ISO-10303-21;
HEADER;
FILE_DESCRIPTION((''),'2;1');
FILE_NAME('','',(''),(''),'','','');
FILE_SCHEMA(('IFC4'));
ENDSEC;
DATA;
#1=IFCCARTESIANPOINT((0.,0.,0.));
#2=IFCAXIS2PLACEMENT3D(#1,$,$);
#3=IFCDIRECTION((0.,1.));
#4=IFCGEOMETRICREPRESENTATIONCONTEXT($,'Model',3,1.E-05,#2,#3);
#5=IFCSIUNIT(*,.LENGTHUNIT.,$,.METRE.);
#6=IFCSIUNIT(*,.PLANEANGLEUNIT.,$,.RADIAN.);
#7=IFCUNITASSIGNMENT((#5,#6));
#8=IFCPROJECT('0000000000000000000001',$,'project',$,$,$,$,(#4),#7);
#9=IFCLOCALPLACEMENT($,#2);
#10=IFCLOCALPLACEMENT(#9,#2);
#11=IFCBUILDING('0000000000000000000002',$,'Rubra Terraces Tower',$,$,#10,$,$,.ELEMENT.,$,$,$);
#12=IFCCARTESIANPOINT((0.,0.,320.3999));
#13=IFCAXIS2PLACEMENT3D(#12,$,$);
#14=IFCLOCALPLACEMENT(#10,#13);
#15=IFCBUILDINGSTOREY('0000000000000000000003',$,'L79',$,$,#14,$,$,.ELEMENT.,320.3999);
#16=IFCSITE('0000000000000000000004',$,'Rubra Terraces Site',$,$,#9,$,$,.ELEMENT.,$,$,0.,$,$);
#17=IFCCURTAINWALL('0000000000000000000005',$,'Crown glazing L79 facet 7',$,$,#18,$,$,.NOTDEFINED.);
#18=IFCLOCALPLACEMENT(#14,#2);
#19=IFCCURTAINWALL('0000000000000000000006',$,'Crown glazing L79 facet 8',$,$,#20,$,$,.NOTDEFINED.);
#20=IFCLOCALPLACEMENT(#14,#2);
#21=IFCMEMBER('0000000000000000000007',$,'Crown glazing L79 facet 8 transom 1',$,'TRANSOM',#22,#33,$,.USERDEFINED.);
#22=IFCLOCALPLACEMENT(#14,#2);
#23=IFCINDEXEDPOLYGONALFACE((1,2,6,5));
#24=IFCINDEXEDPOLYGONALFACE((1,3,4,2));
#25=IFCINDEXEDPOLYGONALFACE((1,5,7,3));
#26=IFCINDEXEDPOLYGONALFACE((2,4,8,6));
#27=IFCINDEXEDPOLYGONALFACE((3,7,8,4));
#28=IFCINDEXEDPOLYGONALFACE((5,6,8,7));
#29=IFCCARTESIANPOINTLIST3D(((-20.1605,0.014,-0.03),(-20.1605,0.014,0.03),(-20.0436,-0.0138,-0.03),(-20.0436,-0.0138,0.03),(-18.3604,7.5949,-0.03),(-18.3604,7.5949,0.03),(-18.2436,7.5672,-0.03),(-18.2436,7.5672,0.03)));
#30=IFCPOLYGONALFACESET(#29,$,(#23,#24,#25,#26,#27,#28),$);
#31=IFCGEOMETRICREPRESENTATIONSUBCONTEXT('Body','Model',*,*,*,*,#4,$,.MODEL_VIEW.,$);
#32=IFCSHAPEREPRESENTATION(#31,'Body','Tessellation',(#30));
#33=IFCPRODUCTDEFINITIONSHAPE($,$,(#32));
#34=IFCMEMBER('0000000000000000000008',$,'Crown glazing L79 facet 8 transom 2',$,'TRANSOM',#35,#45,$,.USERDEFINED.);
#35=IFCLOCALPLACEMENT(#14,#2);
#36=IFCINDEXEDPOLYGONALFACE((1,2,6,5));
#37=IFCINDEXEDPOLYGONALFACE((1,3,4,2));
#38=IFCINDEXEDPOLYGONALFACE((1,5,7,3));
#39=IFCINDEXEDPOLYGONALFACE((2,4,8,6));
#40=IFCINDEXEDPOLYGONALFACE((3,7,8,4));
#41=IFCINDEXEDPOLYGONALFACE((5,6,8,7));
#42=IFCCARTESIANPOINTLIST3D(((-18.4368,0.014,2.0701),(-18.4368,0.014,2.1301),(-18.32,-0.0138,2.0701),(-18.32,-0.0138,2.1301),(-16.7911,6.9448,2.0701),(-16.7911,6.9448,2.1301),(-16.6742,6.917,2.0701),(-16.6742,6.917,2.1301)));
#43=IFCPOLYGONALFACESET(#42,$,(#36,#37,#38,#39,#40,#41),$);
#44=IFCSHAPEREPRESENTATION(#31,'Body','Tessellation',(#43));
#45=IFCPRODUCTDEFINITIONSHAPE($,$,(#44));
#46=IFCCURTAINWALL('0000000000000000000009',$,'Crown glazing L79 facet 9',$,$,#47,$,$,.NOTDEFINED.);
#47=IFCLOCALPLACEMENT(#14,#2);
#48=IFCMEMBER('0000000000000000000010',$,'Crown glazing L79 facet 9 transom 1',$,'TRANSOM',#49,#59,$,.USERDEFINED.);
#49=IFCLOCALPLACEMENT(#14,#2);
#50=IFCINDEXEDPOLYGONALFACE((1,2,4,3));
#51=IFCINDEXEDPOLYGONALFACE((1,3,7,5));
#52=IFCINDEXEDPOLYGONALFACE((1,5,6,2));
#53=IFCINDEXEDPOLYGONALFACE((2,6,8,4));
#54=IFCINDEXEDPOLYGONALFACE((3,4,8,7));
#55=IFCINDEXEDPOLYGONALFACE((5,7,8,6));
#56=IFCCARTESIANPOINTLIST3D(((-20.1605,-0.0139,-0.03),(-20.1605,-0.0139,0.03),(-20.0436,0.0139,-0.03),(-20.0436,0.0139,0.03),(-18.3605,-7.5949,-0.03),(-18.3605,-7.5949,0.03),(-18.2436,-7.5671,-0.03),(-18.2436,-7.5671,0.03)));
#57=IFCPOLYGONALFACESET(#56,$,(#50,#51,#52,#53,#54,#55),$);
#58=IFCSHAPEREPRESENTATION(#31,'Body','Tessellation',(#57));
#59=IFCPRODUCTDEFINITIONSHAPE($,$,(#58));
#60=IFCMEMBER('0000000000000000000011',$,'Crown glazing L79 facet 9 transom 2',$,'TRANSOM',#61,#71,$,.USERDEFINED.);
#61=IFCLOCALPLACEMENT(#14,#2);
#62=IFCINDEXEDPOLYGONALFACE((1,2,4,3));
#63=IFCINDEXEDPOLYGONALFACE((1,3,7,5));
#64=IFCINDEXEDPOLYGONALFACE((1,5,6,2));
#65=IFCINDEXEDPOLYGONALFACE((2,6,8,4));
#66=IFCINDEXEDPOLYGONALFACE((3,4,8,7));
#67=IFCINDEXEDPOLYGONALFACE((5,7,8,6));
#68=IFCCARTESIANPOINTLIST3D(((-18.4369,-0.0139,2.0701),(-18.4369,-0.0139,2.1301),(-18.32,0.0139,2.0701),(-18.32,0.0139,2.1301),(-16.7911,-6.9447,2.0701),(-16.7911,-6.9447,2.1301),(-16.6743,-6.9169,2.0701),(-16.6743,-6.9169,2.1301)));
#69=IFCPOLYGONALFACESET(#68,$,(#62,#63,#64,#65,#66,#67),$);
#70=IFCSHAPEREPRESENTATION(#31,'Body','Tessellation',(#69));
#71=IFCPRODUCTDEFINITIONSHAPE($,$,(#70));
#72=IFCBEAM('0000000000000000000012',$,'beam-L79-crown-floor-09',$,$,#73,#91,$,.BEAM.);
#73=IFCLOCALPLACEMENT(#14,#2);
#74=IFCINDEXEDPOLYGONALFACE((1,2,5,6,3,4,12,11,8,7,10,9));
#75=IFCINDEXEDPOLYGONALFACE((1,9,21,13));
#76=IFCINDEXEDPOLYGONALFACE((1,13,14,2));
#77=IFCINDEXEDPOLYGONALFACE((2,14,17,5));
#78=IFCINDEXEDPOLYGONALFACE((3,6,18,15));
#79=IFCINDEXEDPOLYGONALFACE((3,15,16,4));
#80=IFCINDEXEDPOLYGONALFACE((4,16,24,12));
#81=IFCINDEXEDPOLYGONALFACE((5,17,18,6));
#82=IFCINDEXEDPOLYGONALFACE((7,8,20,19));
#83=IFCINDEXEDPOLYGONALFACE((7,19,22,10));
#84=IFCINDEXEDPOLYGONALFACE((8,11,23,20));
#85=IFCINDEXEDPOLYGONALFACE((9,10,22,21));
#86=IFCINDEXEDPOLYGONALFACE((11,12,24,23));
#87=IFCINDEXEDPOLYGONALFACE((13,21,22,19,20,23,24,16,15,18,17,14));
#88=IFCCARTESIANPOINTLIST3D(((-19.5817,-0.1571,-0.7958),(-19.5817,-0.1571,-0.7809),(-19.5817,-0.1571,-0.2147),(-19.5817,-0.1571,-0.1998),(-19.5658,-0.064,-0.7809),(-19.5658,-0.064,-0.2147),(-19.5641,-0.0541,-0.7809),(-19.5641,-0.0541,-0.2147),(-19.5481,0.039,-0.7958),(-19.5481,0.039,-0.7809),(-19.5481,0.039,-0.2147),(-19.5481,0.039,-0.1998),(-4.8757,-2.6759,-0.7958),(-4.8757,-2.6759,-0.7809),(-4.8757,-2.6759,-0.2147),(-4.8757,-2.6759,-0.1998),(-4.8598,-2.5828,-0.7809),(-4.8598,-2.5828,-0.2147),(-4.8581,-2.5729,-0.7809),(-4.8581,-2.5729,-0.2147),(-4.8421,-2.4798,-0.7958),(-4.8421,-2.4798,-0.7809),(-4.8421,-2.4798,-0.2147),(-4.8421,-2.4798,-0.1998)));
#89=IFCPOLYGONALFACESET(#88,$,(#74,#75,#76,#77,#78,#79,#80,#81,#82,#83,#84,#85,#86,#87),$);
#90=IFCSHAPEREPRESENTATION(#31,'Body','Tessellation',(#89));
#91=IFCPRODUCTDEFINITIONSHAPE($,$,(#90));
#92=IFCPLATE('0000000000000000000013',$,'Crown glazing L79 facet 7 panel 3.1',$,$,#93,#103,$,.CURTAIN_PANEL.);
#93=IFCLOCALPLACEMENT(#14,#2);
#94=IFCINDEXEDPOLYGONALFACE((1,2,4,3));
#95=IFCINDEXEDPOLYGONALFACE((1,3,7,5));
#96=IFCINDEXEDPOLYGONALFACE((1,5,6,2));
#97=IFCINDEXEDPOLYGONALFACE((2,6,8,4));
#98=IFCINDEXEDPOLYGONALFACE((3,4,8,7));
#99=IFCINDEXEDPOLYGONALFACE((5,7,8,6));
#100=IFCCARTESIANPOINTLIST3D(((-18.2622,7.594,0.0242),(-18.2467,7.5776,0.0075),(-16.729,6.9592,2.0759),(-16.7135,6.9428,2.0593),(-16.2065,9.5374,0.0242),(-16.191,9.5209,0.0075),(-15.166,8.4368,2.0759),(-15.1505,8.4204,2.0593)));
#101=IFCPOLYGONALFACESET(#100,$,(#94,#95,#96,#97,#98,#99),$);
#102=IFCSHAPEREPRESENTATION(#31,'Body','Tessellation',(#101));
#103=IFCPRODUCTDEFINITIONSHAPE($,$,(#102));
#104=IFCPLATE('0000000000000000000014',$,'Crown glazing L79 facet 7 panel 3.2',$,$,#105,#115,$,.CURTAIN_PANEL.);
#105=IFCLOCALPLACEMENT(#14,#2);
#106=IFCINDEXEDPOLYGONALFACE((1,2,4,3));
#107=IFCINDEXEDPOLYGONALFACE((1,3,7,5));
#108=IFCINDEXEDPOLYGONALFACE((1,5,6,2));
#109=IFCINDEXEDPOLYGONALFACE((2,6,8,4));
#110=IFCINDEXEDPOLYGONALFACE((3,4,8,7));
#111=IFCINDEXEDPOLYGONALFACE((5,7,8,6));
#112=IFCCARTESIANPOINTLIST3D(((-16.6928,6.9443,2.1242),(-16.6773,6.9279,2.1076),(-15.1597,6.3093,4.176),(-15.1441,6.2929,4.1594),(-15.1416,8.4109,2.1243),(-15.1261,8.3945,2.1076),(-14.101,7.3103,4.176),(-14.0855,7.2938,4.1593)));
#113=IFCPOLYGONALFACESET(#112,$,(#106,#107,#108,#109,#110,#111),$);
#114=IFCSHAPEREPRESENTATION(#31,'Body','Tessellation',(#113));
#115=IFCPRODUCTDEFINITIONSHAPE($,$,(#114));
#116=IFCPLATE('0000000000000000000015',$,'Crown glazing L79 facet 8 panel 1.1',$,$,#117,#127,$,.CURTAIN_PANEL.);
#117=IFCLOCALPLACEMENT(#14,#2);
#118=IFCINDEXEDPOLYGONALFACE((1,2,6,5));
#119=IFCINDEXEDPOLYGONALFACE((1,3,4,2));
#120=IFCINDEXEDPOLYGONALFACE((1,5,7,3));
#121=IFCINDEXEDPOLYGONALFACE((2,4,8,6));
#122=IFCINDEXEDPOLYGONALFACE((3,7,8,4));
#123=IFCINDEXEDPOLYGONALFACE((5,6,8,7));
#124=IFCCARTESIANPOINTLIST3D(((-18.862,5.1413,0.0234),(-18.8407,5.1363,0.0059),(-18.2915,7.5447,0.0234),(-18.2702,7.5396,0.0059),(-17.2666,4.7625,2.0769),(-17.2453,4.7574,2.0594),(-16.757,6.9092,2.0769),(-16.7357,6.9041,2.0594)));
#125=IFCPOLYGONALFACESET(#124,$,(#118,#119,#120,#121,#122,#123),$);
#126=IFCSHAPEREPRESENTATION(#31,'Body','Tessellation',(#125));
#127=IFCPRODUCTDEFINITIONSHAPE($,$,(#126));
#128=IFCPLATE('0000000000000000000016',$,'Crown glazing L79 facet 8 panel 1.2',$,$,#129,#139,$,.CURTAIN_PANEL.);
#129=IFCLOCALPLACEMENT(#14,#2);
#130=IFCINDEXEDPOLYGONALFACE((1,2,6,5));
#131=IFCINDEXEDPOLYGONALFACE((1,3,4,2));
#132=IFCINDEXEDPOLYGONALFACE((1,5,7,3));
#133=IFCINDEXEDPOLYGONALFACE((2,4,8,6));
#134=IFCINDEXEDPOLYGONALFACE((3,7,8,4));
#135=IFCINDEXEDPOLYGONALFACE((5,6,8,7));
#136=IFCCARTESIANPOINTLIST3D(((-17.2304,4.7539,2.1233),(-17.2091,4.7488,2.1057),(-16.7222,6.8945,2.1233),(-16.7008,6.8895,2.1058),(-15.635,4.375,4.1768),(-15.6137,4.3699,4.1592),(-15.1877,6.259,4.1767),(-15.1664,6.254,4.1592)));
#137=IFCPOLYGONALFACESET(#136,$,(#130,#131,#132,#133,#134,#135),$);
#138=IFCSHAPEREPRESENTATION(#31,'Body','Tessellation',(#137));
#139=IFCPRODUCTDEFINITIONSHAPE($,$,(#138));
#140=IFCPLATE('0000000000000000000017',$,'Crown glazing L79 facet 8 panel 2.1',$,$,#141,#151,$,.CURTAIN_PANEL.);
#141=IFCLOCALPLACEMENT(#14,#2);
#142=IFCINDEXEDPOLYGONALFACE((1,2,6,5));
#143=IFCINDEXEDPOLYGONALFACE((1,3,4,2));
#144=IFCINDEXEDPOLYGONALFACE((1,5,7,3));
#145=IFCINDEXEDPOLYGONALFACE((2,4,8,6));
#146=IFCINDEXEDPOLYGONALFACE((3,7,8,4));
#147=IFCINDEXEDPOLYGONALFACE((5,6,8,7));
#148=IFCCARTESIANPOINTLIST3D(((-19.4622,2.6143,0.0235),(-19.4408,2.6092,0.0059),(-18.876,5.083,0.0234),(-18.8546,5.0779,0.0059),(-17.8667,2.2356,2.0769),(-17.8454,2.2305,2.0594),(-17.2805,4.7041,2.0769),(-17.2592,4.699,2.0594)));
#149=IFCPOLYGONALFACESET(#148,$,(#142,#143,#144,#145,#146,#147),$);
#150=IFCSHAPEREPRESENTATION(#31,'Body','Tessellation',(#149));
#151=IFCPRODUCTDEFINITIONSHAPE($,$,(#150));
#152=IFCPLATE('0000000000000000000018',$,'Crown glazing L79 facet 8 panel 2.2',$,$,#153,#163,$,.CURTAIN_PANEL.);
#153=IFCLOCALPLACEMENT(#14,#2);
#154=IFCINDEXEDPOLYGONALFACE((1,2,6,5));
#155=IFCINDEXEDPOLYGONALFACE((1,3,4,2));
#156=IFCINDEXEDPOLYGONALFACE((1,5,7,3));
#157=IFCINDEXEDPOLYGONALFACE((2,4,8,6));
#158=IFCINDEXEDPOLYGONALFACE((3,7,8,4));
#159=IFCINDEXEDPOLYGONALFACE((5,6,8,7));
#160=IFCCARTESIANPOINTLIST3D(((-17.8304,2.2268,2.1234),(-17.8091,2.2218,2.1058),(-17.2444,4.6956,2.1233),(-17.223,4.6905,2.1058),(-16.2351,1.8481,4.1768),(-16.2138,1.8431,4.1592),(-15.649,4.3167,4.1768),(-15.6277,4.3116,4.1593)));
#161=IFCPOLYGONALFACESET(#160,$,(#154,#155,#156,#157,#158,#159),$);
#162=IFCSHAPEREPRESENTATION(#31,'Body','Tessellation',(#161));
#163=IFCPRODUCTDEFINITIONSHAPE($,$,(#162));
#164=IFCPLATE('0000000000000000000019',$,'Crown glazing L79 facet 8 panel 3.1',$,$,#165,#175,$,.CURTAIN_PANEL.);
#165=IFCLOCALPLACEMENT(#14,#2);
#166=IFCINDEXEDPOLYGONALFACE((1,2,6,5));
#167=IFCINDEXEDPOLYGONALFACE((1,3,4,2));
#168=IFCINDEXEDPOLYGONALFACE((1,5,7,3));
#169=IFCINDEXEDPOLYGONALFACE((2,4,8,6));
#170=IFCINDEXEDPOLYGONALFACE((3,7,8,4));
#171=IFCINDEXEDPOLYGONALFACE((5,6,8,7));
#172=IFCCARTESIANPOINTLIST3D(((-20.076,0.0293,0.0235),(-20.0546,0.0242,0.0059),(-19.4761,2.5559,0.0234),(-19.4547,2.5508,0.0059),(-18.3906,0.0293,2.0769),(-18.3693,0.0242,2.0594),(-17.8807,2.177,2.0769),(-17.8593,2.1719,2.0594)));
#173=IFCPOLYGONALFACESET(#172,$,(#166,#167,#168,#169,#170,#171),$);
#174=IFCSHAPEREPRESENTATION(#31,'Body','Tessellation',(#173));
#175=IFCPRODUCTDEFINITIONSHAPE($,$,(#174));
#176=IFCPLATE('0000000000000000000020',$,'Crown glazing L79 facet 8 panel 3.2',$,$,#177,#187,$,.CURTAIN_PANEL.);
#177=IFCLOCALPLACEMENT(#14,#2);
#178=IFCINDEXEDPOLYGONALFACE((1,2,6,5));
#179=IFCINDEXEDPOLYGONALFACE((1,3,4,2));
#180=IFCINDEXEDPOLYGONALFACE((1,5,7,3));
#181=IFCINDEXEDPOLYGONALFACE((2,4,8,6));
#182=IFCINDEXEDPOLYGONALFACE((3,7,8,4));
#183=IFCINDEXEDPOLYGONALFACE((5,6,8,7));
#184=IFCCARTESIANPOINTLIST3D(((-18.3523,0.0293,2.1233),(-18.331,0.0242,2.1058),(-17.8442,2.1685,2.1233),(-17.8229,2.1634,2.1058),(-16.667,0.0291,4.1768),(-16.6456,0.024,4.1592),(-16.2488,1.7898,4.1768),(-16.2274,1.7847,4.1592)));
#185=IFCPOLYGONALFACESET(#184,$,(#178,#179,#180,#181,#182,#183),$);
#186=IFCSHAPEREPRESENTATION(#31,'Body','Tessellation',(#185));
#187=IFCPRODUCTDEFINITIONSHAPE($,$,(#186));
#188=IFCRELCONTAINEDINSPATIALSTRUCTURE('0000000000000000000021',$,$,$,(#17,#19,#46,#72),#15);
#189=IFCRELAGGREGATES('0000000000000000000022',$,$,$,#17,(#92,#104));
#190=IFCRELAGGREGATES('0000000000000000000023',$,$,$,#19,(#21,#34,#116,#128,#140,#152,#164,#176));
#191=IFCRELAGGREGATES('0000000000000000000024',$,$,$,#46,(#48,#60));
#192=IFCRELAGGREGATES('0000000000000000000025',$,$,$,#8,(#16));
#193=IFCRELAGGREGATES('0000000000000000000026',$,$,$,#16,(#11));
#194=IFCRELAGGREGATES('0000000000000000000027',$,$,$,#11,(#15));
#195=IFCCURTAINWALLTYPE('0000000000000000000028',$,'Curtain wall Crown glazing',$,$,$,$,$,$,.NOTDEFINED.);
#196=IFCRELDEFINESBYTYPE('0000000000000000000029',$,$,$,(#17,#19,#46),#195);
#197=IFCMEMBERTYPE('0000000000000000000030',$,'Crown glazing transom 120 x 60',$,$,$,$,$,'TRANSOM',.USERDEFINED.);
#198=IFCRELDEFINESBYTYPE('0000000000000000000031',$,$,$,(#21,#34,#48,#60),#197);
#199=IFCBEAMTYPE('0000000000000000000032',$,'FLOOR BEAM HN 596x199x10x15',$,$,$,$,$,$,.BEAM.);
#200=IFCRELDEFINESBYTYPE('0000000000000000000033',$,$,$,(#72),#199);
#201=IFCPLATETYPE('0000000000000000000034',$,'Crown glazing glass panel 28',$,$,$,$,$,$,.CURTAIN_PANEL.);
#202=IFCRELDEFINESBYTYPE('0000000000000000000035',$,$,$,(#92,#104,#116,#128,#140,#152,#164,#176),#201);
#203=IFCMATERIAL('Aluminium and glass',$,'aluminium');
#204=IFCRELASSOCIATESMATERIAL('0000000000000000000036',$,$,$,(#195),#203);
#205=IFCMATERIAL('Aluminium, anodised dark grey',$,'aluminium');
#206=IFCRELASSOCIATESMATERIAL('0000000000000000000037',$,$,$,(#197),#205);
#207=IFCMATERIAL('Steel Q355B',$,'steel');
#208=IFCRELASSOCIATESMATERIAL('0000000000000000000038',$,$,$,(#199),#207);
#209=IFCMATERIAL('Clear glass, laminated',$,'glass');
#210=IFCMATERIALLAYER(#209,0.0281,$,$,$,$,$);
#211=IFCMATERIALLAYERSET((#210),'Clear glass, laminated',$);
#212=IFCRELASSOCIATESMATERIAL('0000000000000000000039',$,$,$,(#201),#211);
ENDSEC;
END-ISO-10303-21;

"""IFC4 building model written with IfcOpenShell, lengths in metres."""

from ifc_helpers import new_model, si_unit, direction, frame, origin, origin_2d, place, context, subcontext, project, spatial, polyline, rectangle, i_section, outline, extrude, material, layer, layer_set, material_profile, profile_set, type_object, element, aggregate, save


model = new_model("IFC4")

# Units and contexts
model_context = context("Model", 3, precision=1e-05, world=origin(), true_north=direction((0.0, 1.0)))
body_context = subcontext(model_context, "Body", "Model", "MODEL_VIEW")
ifc_project = project(units=[si_unit("LENGTHUNIT", "METRE"), si_unit("PLANEANGLEUNIT", "RADIAN")], contexts=[model_context])

# Site, building, storey
site_placement = place(None, origin())
site = spatial("IfcSite", under=ifc_project, at=site_placement, Name="Rubra Terraces Site", CompositionType="ELEMENT", RefElevation=0.0)
building_placement = place(site_placement, origin())
building = spatial("IfcBuilding", under=site, at=building_placement, Name="Rubra Terraces Tower", CompositionType="ELEMENT")
storey_placement = place(building_placement, frame((0.0, 0.0, 320.3999)))
storey = spatial("IfcBuildingStorey", under=building, at=storey_placement, Name="L79", CompositionType="ELEMENT", Elevation=320.3999)

# Shared definitions
ifc_material_1 = material(Name="Steel Q355B", Category="steel")

# Curtain wall
ifc_material_2 = material(Name="Aluminium and glass", Category="aluminium")
curtain_wall_type = type_object("IfcCurtainWallType", Name="Curtain wall Crown glazing", PredefinedType="NOTDEFINED", material=ifc_material_2)
curtain_wall_1_placement = place(storey_placement, origin())
curtain_wall_1 = element("IfcCurtainWall", 1, at=curtain_wall_1_placement, inside=storey, type_object=curtain_wall_type, Name="Crown glazing L79 facet 7", PredefinedType="NOTDEFINED")
ifc_material_3 = material(Name="Aluminium, anodised dark grey", Category="aluminium")

# Curtain walls, members
curtain_wall_2_placement = place(storey_placement, origin())
curtain_wall_2 = element("IfcCurtainWall", 2, at=curtain_wall_2_placement, inside=storey, type_object=curtain_wall_type, Name="Crown glazing L79 facet 8", PredefinedType="NOTDEFINED")
ifc_material_profile_1 = material_profile(ifc_material_3, rectangle(XDim=0.1201, YDim=0.0601, at=origin_2d()), Name="AL 120x60")
ifc_profile_set_1 = profile_set([ifc_material_profile_1], Name="Aluminium, anodised dark grey")
member_type_1 = type_object("IfcMemberType", Name="Crown glazing transom 120 x 60", ElementType="TRANSOM", PredefinedType="USERDEFINED", material=ifc_profile_set_1)
member_1_placement = place(storey_placement, frame((-18.302, 7.5811, 0.0), z_axis=(-0.231018, -0.97295, 0.0), x_axis=(0.97295, -0.231018, 0.0)))
member_1 = element("IfcMember", 3, at=member_1_placement, type_object=member_type_1, Name="Crown glazing L79 facet 8 transom 1", ObjectType="TRANSOM", PredefinedType="USERDEFINED", context=body_context, shape_type="SweptSolid", body=[
    extrude(rectangle(XDim=0.1201, YDim=0.0601, at=origin_2d()), origin(), (0.0, 0.0, 1.0), 7.7917),
])
member_2_placement = place(storey_placement, frame((-16.7327, 6.9309, 2.1001), z_axis=(-0.231027, -0.972947, 0.0), x_axis=(0.972947, -0.231027, 0.0)))
member_2 = element("IfcMember", 4, at=member_2_placement, type_object=member_type_1, Name="Crown glazing L79 facet 8 transom 2", ObjectType="TRANSOM", PredefinedType="USERDEFINED", context=body_context, shape_type="SweptSolid", body=[
    extrude(rectangle(XDim=0.1201, YDim=0.0601, at=origin_2d()), origin(), (0.0, 0.0, 1.0), 7.1235),
])
curtain_wall_3_placement = place(storey_placement, origin())
curtain_wall_3 = element("IfcCurtainWall", 5, at=curtain_wall_3_placement, inside=storey, type_object=curtain_wall_type, Name="Crown glazing L79 facet 9", PredefinedType="NOTDEFINED")
member_3_placement = place(storey_placement, frame((-20.1021, 0.0, 0.0), z_axis=(0.231018, -0.97295, 0.0), x_axis=(0.97295, 0.231018, 0.0)))
member_3 = element("IfcMember", 6, at=member_3_placement, type_object=member_type_1, Name="Crown glazing L79 facet 9 transom 1", ObjectType="TRANSOM", PredefinedType="USERDEFINED", context=body_context, shape_type="SweptSolid", body=[
    extrude(rectangle(XDim=0.1201, YDim=0.0601, at=origin_2d()), origin(), (0.0, 0.0, 1.0), 7.7917),
])
member_4_placement = place(storey_placement, frame((-18.3784, 0.0, 2.1001), z_axis=(0.231027, -0.972947, 0.0), x_axis=(0.972947, 0.231027, 0.0)))
member_4 = element("IfcMember", 7, at=member_4_placement, type_object=member_type_1, Name="Crown glazing L79 facet 9 transom 2", ObjectType="TRANSOM", PredefinedType="USERDEFINED", context=body_context, shape_type="SweptSolid", body=[
    extrude(rectangle(XDim=0.1201, YDim=0.0601, at=origin_2d()), origin(), (0.0, 0.0, 1.0), 7.1235),
])

# Beam
ifc_material_profile_2 = material_profile(ifc_material_1, i_section(OverallWidth=0.199, OverallDepth=0.5959, WebThickness=0.01, FlangeThickness=0.0149, at=origin_2d()), Name="HN 596x199x10x15")
ifc_profile_set_2 = profile_set([ifc_material_profile_2], Name="Steel Q355B")
beam_type_1 = type_object("IfcBeamType", Name="FLOOR BEAM HN 596x199x10x15", PredefinedType="BEAM", material=ifc_profile_set_2)
beam_placement = place(storey_placement, frame((-19.5649, -0.0591, -0.4978), z_axis=(0.985647, -0.168818, 0.0), x_axis=(0.168818, 0.985647, 0.0)))
element("IfcBeam", 8, at=beam_placement, inside=storey, type_object=beam_type_1, Name="beam-L79-crown-floor-09", PredefinedType="BEAM", context=body_context, shape_type="SweptSolid", body=[
    extrude(i_section(OverallWidth=0.199, OverallDepth=0.5959, WebThickness=0.01, FlangeThickness=0.0149, at=origin_2d()), origin(), (0.0, 0.0, 1.0), 14.9202),
])

# Plates
ifc_material_4 = material(Name="Clear glass, laminated", Category="glass")
ifc_layer = layer(ifc_material_4, 0.0281)
ifc_layer_set = layer_set([ifc_layer], Name="Clear glass, laminated")
plate_type = type_object("IfcPlateType", Name="Crown glazing glass panel 28", PredefinedType="CURTAIN_PANEL", material=ifc_layer_set)
plate_1_placement = place(storey_placement, frame((-16.2065, 9.5374, 0.0242), z_axis=(-0.552697, 0.584647, 0.593896), x_axis=(-0.726682, -0.686974, 0.000004)))
plate_1 = element("IfcPlate", 9, at=plate_1_placement, type_object=plate_type, Name="Crown glazing L79 facet 7 panel 3.1", PredefinedType="CURTAIN_PANEL", context=body_context, shape_type="SweptSolid", body=[
    extrude(outline(polyline([(0.0, 0.0), (2.8289, 0.0), (2.1508, 2.5502), (0.0, 2.5502), (0.0, 0.0)])), origin(), (0.0, 0.0, -1.0), 0.0281),
])
plate_2_placement = place(storey_placement, frame((-15.1416, 8.4109, 2.1243), z_axis=(-0.552718, 0.5846, 0.593924), x_axis=(-0.726653, -0.687005, -0.000019)))
plate_2 = element("IfcPlate", 10, at=plate_2_placement, type_object=plate_type, Name="Crown glazing L79 facet 7 panel 3.2", PredefinedType="CURTAIN_PANEL", context=body_context, shape_type="SweptSolid", body=[
    extrude(outline(polyline([(0.0, 0.0), (2.1348, 0.0), (1.4569, 2.5503), (0.0, 2.5502), (0.0, 0.0)])), origin(), (0.0, 0.0, -1.0), 0.0281),
])
aggregate(curtain_wall_1, [plate_1, plate_2])
plate_3_placement = place(storey_placement, frame((-18.2915, 7.5447, 0.0234), z_axis=(-0.760298, 0.180478, 0.623999), x_axis=(-0.230969, -0.972961, -0.000012)))
plate_3 = element("IfcPlate", 11, at=plate_3_placement, type_object=plate_type, Name="Crown glazing L79 facet 8 panel 1.1", PredefinedType="CURTAIN_PANEL", context=body_context, shape_type="SweptSolid", body=[
    extrude(outline(polyline([(0.0, 0.0), (2.4701, 0.0), (2.4703, 2.6279), (0.2639, 2.6278), (0.0, 0.0)])), origin(), (0.0, 0.0, -1.0), 0.0281),
])
plate_4_placement = place(storey_placement, frame((-16.7222, 6.8945, 2.1233), z_axis=(-0.760288, 0.180514, 0.624), x_axis=(-0.231016, -0.97295, -0.000012)))
plate_4 = element("IfcPlate", 12, at=plate_4_placement, type_object=plate_type, Name="Crown glazing L79 facet 8 panel 1.2", PredefinedType="CURTAIN_PANEL", context=body_context, shape_type="SweptSolid", body=[
    extrude(outline(polyline([(0.0, 0.0), (2.2001, 0.0), (2.2002, 2.6279), (0.2638, 2.6278), (0.0, 0.0)])), origin(), (0.0, 0.0, -1.0), 0.0281),
])
plate_5_placement = place(storey_placement, frame((-18.876, 5.083, 0.0234), z_axis=(-0.760279, 0.18053, 0.624006), x_axis=(-0.231024, -0.972948, 0.000005)))
plate_5 = element("IfcPlate", 13, at=plate_5_placement, type_object=plate_type, Name="Crown glazing L79 facet 8 panel 2.1", PredefinedType="CURTAIN_PANEL", context=body_context, shape_type="SweptSolid", body=[
    extrude(outline(polyline([(0.0, 0.0), (2.5374, 0.0), (2.5372, 2.6279), (0.0001, 2.6279), (0.0, 0.0)])), origin(), (0.0, 0.0, -1.0), 0.0281),
])
plate_6_placement = place(storey_placement, frame((-17.2444, 4.6956, 2.1233), z_axis=(-0.760309, 0.1805, 0.623979), x_axis=(-0.230961, -0.972963, 0.000028)))
plate_6 = element("IfcPlate", 14, at=plate_6_placement, type_object=plate_type, Name="Crown glazing L79 facet 8 panel 2.2", PredefinedType="CURTAIN_PANEL", context=body_context, shape_type="SweptSolid", body=[
    extrude(outline(polyline([(0.0, 0.0), (2.5373, 0.0), (2.5374, 2.6277), (0.0002, 2.6279), (0.0, 0.0)])), origin(), (0.0, 0.0, -1.0), 0.0281),
])
plate_7_placement = place(storey_placement, frame((-19.4761, 2.5559, 0.0234), z_axis=(-0.760287, 0.180522, 0.623999), x_axis=(-0.231007, -0.972952, 0.000011)))
plate_7 = element("IfcPlate", 15, at=plate_7_placement, type_object=plate_type, Name="Crown glazing L79 facet 8 panel 3.1", PredefinedType="CURTAIN_PANEL", context=body_context, shape_type="SweptSolid", body=[
    extrude(outline(polyline([(0.0, 0.0), (2.5968, 0.0), (2.2075, 2.6278), (0.0001, 2.6279), (0.0, 0.0)])), origin(), (0.0, 0.0, -1.0), 0.0281),
])
plate_8_placement = place(storey_placement, frame((-17.8442, 2.1685, 2.1233), z_axis=(-0.760278, 0.180574, 0.623996), x_axis=(-0.23108, -0.972935, 0.000004)))
plate_8 = element("IfcPlate", 16, at=plate_8_placement, type_object=plate_type, Name="Crown glazing L79 facet 8 panel 3.2", PredefinedType="CURTAIN_PANEL", context=body_context, shape_type="SweptSolid", body=[
    extrude(outline(polyline([(0.0, 0.0), (2.1987, 0.0), (1.8095, 2.6278), (-0.0003, 2.6279), (0.0, 0.0)])), origin(), (0.0, 0.0, -1.0), 0.0281),
])
aggregate(curtain_wall_2, [member_1, member_2, plate_3, plate_4, plate_5, plate_6, plate_7, plate_8])
aggregate(curtain_wall_3, [member_3, member_4])

save(model, "model.ifc")
